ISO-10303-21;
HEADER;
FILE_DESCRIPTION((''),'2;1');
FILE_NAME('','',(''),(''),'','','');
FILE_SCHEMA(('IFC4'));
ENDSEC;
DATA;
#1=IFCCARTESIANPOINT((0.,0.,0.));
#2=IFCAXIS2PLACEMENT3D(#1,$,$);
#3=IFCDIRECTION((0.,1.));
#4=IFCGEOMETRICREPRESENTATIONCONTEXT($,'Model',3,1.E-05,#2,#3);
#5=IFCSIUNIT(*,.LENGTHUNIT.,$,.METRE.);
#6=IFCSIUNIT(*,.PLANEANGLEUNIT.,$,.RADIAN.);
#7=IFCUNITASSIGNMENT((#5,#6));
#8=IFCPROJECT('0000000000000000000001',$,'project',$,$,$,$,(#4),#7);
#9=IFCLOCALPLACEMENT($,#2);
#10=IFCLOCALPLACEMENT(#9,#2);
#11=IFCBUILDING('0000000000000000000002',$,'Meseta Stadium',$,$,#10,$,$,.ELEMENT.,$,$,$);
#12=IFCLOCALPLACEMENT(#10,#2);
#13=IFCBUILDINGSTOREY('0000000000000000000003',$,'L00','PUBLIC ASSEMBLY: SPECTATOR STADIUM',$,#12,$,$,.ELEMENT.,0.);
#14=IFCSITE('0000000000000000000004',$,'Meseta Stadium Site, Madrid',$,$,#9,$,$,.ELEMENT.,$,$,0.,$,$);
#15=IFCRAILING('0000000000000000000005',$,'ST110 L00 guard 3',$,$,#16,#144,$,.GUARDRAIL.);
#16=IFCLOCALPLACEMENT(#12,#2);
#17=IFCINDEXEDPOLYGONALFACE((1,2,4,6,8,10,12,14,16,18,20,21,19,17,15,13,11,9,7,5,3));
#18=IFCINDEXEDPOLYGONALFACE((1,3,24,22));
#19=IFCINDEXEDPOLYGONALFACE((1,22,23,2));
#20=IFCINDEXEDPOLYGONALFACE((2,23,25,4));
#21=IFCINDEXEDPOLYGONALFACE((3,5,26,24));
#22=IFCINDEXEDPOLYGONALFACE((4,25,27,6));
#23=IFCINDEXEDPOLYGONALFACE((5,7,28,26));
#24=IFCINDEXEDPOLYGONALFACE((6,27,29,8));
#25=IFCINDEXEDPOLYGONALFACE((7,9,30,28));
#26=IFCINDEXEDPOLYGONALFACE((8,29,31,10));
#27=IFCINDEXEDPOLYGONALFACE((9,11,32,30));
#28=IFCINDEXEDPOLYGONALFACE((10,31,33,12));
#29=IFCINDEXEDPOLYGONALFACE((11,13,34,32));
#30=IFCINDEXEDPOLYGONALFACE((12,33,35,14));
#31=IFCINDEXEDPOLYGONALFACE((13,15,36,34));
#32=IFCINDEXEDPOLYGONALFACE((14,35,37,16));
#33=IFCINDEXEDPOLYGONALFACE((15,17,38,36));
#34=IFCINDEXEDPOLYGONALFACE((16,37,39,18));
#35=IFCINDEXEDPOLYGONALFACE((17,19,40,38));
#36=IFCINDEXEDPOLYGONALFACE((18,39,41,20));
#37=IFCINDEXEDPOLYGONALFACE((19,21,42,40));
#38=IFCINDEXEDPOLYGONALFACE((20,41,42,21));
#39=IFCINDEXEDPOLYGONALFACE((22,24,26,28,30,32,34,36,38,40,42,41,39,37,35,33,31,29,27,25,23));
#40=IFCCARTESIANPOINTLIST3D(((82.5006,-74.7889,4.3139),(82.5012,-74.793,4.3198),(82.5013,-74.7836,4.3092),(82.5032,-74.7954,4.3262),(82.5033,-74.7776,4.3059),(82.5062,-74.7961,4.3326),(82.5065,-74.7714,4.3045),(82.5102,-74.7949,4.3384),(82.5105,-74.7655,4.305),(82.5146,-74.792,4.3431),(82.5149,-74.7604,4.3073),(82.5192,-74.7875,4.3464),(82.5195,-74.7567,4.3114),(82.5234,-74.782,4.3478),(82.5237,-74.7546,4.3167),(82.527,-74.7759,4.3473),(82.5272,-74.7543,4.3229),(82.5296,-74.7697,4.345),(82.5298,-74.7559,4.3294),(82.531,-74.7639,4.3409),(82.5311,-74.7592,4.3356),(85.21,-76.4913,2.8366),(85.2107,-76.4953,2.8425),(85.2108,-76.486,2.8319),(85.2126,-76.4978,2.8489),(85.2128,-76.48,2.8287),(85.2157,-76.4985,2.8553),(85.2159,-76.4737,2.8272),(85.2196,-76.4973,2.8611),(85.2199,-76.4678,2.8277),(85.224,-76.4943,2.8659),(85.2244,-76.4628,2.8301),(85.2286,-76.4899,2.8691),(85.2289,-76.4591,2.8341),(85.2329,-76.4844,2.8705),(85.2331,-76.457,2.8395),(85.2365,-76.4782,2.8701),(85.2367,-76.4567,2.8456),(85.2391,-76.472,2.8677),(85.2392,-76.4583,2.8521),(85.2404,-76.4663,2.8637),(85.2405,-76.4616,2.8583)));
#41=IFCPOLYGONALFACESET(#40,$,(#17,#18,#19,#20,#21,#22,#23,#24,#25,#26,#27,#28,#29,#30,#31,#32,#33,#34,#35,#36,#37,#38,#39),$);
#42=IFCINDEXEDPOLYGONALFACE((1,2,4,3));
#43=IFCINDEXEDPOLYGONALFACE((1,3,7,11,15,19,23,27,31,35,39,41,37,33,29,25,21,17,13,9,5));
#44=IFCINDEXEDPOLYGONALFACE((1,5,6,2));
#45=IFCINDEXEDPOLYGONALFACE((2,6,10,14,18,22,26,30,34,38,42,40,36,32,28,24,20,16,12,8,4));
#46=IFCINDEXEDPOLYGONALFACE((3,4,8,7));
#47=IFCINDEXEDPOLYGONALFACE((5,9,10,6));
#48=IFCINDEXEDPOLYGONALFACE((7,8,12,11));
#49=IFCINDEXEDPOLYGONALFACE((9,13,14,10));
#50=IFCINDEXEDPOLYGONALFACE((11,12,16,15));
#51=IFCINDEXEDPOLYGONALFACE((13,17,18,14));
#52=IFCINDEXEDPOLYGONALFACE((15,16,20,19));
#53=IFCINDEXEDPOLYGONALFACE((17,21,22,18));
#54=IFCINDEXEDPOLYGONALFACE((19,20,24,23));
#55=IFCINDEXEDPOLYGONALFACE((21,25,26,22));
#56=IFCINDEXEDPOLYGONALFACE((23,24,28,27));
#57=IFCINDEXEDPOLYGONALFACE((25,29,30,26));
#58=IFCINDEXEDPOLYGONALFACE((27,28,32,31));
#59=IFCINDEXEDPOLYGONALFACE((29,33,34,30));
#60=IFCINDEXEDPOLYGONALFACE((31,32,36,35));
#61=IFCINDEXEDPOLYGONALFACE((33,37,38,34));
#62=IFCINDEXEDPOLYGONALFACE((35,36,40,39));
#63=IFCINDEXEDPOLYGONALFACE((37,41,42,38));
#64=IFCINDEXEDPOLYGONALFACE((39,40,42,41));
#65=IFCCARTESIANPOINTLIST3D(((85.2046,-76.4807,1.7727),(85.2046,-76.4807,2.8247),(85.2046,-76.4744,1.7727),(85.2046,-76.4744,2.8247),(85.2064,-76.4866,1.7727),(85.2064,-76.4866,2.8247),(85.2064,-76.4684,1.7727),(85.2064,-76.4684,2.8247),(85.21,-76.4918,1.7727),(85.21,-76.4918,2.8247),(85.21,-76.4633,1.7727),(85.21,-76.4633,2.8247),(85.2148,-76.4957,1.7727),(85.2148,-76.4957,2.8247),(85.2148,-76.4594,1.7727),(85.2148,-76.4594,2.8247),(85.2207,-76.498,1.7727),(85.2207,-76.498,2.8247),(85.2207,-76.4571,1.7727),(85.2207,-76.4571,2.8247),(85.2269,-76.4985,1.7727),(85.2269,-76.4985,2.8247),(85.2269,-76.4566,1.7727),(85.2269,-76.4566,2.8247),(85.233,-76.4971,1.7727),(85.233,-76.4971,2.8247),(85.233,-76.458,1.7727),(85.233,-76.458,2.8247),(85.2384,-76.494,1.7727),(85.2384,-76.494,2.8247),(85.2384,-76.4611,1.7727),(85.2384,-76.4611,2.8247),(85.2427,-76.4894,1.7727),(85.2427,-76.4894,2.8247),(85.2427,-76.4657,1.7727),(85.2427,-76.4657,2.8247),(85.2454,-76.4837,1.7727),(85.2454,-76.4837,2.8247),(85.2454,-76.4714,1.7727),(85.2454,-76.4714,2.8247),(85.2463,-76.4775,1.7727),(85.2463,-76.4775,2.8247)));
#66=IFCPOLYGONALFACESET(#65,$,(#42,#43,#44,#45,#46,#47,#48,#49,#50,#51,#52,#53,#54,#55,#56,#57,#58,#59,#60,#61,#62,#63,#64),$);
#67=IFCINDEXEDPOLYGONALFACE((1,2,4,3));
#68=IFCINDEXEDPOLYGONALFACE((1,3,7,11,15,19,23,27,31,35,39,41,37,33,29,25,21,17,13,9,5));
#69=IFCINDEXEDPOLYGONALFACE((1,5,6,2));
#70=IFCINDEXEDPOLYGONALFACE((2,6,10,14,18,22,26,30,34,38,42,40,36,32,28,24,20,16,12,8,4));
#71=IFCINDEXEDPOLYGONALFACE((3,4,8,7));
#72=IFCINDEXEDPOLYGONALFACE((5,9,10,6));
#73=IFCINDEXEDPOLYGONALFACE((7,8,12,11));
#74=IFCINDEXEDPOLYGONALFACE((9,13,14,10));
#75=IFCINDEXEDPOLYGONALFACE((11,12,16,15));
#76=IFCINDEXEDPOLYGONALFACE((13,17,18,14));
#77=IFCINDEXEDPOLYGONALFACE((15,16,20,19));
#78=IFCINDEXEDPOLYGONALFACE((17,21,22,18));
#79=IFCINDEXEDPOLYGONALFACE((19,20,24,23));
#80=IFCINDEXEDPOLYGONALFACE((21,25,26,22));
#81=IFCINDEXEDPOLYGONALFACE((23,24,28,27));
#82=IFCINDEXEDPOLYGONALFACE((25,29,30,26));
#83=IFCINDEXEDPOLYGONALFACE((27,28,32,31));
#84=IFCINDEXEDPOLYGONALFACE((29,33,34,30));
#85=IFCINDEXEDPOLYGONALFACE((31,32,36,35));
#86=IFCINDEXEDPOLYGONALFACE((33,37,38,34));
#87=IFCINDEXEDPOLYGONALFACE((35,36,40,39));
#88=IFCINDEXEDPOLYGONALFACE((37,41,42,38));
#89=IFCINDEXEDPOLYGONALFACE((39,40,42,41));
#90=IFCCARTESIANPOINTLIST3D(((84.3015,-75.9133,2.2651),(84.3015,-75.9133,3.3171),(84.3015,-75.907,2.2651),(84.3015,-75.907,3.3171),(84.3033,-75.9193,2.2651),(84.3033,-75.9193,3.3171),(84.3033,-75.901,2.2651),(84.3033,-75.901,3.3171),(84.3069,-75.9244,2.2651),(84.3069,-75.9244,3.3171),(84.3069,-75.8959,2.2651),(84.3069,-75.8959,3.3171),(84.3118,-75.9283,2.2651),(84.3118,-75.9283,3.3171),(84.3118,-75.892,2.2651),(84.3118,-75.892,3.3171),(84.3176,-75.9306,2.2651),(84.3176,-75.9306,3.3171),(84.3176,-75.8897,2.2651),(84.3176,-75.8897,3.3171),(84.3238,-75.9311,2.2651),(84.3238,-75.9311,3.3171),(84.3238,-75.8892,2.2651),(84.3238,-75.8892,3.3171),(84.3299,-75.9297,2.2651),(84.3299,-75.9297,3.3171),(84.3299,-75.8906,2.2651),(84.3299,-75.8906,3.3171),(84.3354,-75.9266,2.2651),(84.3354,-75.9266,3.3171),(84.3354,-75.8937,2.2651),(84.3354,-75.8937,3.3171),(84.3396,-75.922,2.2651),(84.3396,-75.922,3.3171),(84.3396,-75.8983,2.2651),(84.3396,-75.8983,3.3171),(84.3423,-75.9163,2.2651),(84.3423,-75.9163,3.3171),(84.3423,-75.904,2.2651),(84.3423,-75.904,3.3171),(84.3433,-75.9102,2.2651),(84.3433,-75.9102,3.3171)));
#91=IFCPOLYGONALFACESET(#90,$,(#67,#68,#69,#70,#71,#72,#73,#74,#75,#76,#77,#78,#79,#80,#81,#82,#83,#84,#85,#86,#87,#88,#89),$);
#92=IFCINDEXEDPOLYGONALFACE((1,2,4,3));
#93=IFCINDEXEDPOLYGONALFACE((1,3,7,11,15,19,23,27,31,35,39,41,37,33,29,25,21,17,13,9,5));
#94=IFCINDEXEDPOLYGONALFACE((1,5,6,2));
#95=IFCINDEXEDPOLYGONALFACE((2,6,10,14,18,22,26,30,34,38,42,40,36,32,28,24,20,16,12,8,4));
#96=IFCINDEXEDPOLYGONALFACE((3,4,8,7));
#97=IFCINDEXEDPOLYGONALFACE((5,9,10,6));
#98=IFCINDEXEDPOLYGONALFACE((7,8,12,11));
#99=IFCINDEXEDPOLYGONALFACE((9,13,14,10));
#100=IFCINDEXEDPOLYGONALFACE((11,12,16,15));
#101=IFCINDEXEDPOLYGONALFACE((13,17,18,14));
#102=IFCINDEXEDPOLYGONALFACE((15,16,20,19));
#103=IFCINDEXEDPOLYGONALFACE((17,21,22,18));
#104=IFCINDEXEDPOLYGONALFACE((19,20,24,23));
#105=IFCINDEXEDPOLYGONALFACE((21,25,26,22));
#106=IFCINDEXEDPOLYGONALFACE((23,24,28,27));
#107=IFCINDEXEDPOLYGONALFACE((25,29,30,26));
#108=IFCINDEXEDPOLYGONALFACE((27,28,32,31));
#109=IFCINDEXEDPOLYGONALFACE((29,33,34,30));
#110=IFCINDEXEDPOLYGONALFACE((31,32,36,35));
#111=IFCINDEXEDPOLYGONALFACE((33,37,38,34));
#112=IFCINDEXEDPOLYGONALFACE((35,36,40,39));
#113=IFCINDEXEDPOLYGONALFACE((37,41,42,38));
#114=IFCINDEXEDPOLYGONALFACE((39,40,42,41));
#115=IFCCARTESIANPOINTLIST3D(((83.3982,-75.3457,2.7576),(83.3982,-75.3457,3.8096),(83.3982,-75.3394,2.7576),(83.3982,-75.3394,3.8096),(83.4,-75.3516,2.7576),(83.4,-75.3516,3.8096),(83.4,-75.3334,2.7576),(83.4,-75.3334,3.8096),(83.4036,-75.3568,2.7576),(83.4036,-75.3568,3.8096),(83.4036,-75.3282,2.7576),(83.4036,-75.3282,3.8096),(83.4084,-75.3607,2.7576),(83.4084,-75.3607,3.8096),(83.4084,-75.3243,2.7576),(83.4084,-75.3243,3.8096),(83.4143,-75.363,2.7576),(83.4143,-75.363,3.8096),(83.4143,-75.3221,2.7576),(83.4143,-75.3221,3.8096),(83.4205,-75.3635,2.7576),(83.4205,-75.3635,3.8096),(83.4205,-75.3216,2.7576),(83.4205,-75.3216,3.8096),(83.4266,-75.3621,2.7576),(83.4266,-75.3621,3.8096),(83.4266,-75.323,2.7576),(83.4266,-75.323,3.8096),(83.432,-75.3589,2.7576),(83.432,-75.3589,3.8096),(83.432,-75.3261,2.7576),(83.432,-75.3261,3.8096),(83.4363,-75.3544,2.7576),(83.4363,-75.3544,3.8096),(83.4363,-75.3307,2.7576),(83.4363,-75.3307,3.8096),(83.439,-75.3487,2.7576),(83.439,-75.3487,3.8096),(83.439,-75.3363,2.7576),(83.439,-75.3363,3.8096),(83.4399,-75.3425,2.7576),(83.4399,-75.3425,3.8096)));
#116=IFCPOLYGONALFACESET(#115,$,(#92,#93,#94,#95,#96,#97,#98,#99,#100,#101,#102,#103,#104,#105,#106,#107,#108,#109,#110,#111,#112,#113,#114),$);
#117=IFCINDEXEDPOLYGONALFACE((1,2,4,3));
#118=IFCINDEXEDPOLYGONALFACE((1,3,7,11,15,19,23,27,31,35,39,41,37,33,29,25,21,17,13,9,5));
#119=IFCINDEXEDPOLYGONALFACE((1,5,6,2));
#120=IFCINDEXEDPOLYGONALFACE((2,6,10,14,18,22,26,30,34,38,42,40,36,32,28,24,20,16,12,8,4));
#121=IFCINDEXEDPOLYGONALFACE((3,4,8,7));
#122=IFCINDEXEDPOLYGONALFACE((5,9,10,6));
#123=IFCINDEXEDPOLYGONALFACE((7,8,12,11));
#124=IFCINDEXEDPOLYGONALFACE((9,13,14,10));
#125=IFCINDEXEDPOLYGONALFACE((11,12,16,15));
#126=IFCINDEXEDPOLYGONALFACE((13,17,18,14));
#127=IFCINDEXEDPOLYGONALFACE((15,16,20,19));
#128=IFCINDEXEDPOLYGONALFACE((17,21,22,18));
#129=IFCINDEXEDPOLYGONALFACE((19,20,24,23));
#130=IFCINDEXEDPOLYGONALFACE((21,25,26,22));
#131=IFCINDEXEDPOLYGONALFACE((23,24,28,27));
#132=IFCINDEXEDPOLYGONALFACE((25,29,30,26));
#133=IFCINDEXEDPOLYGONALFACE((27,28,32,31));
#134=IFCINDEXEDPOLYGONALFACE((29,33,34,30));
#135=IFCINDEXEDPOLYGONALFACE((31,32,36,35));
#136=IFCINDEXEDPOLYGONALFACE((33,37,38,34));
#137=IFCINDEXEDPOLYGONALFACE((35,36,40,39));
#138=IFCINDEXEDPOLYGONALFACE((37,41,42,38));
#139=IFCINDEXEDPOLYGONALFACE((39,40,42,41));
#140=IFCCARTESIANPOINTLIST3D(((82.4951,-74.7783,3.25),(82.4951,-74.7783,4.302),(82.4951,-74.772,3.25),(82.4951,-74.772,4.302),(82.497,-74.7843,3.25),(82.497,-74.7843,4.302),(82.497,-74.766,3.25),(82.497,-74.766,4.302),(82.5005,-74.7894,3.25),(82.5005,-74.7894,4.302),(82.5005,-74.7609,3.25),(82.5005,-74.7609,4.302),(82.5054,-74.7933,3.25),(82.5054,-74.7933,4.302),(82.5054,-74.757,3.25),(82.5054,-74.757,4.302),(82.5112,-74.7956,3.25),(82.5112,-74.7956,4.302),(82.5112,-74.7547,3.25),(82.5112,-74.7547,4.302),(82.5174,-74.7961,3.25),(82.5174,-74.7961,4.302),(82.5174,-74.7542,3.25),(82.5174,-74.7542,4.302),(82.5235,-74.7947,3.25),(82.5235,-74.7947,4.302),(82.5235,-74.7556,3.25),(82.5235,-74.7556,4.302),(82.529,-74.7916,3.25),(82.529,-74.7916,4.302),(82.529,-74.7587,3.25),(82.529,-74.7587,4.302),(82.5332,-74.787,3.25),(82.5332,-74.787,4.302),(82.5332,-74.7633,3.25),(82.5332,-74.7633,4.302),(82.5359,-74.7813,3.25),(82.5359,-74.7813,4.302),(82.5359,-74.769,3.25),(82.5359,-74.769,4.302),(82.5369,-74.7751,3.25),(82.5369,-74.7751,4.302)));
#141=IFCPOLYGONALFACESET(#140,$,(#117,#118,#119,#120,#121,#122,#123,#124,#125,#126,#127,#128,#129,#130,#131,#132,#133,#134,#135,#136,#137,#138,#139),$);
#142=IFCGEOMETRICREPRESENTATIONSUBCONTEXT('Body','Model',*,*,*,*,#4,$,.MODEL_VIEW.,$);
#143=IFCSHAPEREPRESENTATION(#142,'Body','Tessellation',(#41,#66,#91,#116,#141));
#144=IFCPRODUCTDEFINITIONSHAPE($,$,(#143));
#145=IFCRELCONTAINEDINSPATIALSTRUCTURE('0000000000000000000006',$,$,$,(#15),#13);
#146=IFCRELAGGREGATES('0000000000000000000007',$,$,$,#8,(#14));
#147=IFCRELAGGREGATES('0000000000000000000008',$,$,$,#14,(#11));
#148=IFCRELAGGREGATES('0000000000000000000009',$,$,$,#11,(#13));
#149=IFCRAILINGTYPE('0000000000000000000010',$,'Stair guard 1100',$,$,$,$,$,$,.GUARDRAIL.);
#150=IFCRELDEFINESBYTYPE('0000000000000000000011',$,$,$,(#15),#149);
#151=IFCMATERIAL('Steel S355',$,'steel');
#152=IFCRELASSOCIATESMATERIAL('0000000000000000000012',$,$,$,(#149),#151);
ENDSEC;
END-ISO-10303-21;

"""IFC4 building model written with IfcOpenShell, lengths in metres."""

from ifc_helpers import new_model, si_unit, direction, frame, origin, origin_2d, place, context, subcontext, project, spatial, circle, extrude, material, type_object, element, save


model = new_model("IFC4")

# Units and contexts
model_context = context("Model", 3, precision=1e-05, world=origin(), true_north=direction((0.0, 1.0)))
body_context = subcontext(model_context, "Body", "Model", "MODEL_VIEW")
ifc_project = project(units=[si_unit("LENGTHUNIT", "METRE"), si_unit("PLANEANGLEUNIT", "RADIAN")], contexts=[model_context])

# Site, building, storey
site_placement = place(None, origin())
site = spatial("IfcSite", under=ifc_project, at=site_placement, Name="Meseta Stadium Site, Madrid", CompositionType="ELEMENT", RefElevation=0.0)
building_placement = place(site_placement, origin())
building = spatial("IfcBuilding", under=site, at=building_placement, Name="Meseta Stadium", CompositionType="ELEMENT")
storey_placement = place(building_placement, origin())
storey = spatial("IfcBuildingStorey", under=building, at=storey_placement, Name="L00", Description="PUBLIC ASSEMBLY: SPECTATOR STADIUM", CompositionType="ELEMENT", Elevation=0.0)

# Railing
ifc_material_1 = material(Name="Steel S355", Category="steel")
railing_type_1 = type_object("IfcRailingType", Name="Stair guard 1100", PredefinedType="GUARDRAIL", material=ifc_material_1)
railing_1_placement = place(storey_placement, frame((85.2253, -76.4775, 1.7727)))
element("IfcRailing", 1, at=railing_1_placement, inside=storey, type_object=railing_type_1, Name="ST110 L00 guard 3", PredefinedType="GUARDRAIL", context=body_context, shape_type="SweptSolid", body=[
    extrude(circle(Radius=0.0239, at=origin_2d()), frame((0.0, 0.0, 1.0762), z_axis=(-0.768764, 0.483023, 0.419156), x_axis=(-0.532014, -0.846736, 0.0)), (0.0, 0.0, 1.0), 3.5244),
    extrude(circle(Radius=0.021, at=origin_2d()), origin(), (0.0, 0.0, 1.0), 1.052),
    extrude(circle(Radius=0.021, at=origin_2d()), frame((-0.9031, 0.5674, 0.4924)), (0.0, 0.0, 1.0), 1.052),
    extrude(circle(Radius=0.021, at=origin_2d()), frame((-1.8064, 1.135, 0.9849)), (0.0, 0.0, 1.0), 1.052),
    extrude(circle(Radius=0.021, at=origin_2d()), frame((-2.7095, 1.7024, 1.4773)), (0.0, 0.0, 1.0), 1.052),
])

save(model, "model.ifc")
